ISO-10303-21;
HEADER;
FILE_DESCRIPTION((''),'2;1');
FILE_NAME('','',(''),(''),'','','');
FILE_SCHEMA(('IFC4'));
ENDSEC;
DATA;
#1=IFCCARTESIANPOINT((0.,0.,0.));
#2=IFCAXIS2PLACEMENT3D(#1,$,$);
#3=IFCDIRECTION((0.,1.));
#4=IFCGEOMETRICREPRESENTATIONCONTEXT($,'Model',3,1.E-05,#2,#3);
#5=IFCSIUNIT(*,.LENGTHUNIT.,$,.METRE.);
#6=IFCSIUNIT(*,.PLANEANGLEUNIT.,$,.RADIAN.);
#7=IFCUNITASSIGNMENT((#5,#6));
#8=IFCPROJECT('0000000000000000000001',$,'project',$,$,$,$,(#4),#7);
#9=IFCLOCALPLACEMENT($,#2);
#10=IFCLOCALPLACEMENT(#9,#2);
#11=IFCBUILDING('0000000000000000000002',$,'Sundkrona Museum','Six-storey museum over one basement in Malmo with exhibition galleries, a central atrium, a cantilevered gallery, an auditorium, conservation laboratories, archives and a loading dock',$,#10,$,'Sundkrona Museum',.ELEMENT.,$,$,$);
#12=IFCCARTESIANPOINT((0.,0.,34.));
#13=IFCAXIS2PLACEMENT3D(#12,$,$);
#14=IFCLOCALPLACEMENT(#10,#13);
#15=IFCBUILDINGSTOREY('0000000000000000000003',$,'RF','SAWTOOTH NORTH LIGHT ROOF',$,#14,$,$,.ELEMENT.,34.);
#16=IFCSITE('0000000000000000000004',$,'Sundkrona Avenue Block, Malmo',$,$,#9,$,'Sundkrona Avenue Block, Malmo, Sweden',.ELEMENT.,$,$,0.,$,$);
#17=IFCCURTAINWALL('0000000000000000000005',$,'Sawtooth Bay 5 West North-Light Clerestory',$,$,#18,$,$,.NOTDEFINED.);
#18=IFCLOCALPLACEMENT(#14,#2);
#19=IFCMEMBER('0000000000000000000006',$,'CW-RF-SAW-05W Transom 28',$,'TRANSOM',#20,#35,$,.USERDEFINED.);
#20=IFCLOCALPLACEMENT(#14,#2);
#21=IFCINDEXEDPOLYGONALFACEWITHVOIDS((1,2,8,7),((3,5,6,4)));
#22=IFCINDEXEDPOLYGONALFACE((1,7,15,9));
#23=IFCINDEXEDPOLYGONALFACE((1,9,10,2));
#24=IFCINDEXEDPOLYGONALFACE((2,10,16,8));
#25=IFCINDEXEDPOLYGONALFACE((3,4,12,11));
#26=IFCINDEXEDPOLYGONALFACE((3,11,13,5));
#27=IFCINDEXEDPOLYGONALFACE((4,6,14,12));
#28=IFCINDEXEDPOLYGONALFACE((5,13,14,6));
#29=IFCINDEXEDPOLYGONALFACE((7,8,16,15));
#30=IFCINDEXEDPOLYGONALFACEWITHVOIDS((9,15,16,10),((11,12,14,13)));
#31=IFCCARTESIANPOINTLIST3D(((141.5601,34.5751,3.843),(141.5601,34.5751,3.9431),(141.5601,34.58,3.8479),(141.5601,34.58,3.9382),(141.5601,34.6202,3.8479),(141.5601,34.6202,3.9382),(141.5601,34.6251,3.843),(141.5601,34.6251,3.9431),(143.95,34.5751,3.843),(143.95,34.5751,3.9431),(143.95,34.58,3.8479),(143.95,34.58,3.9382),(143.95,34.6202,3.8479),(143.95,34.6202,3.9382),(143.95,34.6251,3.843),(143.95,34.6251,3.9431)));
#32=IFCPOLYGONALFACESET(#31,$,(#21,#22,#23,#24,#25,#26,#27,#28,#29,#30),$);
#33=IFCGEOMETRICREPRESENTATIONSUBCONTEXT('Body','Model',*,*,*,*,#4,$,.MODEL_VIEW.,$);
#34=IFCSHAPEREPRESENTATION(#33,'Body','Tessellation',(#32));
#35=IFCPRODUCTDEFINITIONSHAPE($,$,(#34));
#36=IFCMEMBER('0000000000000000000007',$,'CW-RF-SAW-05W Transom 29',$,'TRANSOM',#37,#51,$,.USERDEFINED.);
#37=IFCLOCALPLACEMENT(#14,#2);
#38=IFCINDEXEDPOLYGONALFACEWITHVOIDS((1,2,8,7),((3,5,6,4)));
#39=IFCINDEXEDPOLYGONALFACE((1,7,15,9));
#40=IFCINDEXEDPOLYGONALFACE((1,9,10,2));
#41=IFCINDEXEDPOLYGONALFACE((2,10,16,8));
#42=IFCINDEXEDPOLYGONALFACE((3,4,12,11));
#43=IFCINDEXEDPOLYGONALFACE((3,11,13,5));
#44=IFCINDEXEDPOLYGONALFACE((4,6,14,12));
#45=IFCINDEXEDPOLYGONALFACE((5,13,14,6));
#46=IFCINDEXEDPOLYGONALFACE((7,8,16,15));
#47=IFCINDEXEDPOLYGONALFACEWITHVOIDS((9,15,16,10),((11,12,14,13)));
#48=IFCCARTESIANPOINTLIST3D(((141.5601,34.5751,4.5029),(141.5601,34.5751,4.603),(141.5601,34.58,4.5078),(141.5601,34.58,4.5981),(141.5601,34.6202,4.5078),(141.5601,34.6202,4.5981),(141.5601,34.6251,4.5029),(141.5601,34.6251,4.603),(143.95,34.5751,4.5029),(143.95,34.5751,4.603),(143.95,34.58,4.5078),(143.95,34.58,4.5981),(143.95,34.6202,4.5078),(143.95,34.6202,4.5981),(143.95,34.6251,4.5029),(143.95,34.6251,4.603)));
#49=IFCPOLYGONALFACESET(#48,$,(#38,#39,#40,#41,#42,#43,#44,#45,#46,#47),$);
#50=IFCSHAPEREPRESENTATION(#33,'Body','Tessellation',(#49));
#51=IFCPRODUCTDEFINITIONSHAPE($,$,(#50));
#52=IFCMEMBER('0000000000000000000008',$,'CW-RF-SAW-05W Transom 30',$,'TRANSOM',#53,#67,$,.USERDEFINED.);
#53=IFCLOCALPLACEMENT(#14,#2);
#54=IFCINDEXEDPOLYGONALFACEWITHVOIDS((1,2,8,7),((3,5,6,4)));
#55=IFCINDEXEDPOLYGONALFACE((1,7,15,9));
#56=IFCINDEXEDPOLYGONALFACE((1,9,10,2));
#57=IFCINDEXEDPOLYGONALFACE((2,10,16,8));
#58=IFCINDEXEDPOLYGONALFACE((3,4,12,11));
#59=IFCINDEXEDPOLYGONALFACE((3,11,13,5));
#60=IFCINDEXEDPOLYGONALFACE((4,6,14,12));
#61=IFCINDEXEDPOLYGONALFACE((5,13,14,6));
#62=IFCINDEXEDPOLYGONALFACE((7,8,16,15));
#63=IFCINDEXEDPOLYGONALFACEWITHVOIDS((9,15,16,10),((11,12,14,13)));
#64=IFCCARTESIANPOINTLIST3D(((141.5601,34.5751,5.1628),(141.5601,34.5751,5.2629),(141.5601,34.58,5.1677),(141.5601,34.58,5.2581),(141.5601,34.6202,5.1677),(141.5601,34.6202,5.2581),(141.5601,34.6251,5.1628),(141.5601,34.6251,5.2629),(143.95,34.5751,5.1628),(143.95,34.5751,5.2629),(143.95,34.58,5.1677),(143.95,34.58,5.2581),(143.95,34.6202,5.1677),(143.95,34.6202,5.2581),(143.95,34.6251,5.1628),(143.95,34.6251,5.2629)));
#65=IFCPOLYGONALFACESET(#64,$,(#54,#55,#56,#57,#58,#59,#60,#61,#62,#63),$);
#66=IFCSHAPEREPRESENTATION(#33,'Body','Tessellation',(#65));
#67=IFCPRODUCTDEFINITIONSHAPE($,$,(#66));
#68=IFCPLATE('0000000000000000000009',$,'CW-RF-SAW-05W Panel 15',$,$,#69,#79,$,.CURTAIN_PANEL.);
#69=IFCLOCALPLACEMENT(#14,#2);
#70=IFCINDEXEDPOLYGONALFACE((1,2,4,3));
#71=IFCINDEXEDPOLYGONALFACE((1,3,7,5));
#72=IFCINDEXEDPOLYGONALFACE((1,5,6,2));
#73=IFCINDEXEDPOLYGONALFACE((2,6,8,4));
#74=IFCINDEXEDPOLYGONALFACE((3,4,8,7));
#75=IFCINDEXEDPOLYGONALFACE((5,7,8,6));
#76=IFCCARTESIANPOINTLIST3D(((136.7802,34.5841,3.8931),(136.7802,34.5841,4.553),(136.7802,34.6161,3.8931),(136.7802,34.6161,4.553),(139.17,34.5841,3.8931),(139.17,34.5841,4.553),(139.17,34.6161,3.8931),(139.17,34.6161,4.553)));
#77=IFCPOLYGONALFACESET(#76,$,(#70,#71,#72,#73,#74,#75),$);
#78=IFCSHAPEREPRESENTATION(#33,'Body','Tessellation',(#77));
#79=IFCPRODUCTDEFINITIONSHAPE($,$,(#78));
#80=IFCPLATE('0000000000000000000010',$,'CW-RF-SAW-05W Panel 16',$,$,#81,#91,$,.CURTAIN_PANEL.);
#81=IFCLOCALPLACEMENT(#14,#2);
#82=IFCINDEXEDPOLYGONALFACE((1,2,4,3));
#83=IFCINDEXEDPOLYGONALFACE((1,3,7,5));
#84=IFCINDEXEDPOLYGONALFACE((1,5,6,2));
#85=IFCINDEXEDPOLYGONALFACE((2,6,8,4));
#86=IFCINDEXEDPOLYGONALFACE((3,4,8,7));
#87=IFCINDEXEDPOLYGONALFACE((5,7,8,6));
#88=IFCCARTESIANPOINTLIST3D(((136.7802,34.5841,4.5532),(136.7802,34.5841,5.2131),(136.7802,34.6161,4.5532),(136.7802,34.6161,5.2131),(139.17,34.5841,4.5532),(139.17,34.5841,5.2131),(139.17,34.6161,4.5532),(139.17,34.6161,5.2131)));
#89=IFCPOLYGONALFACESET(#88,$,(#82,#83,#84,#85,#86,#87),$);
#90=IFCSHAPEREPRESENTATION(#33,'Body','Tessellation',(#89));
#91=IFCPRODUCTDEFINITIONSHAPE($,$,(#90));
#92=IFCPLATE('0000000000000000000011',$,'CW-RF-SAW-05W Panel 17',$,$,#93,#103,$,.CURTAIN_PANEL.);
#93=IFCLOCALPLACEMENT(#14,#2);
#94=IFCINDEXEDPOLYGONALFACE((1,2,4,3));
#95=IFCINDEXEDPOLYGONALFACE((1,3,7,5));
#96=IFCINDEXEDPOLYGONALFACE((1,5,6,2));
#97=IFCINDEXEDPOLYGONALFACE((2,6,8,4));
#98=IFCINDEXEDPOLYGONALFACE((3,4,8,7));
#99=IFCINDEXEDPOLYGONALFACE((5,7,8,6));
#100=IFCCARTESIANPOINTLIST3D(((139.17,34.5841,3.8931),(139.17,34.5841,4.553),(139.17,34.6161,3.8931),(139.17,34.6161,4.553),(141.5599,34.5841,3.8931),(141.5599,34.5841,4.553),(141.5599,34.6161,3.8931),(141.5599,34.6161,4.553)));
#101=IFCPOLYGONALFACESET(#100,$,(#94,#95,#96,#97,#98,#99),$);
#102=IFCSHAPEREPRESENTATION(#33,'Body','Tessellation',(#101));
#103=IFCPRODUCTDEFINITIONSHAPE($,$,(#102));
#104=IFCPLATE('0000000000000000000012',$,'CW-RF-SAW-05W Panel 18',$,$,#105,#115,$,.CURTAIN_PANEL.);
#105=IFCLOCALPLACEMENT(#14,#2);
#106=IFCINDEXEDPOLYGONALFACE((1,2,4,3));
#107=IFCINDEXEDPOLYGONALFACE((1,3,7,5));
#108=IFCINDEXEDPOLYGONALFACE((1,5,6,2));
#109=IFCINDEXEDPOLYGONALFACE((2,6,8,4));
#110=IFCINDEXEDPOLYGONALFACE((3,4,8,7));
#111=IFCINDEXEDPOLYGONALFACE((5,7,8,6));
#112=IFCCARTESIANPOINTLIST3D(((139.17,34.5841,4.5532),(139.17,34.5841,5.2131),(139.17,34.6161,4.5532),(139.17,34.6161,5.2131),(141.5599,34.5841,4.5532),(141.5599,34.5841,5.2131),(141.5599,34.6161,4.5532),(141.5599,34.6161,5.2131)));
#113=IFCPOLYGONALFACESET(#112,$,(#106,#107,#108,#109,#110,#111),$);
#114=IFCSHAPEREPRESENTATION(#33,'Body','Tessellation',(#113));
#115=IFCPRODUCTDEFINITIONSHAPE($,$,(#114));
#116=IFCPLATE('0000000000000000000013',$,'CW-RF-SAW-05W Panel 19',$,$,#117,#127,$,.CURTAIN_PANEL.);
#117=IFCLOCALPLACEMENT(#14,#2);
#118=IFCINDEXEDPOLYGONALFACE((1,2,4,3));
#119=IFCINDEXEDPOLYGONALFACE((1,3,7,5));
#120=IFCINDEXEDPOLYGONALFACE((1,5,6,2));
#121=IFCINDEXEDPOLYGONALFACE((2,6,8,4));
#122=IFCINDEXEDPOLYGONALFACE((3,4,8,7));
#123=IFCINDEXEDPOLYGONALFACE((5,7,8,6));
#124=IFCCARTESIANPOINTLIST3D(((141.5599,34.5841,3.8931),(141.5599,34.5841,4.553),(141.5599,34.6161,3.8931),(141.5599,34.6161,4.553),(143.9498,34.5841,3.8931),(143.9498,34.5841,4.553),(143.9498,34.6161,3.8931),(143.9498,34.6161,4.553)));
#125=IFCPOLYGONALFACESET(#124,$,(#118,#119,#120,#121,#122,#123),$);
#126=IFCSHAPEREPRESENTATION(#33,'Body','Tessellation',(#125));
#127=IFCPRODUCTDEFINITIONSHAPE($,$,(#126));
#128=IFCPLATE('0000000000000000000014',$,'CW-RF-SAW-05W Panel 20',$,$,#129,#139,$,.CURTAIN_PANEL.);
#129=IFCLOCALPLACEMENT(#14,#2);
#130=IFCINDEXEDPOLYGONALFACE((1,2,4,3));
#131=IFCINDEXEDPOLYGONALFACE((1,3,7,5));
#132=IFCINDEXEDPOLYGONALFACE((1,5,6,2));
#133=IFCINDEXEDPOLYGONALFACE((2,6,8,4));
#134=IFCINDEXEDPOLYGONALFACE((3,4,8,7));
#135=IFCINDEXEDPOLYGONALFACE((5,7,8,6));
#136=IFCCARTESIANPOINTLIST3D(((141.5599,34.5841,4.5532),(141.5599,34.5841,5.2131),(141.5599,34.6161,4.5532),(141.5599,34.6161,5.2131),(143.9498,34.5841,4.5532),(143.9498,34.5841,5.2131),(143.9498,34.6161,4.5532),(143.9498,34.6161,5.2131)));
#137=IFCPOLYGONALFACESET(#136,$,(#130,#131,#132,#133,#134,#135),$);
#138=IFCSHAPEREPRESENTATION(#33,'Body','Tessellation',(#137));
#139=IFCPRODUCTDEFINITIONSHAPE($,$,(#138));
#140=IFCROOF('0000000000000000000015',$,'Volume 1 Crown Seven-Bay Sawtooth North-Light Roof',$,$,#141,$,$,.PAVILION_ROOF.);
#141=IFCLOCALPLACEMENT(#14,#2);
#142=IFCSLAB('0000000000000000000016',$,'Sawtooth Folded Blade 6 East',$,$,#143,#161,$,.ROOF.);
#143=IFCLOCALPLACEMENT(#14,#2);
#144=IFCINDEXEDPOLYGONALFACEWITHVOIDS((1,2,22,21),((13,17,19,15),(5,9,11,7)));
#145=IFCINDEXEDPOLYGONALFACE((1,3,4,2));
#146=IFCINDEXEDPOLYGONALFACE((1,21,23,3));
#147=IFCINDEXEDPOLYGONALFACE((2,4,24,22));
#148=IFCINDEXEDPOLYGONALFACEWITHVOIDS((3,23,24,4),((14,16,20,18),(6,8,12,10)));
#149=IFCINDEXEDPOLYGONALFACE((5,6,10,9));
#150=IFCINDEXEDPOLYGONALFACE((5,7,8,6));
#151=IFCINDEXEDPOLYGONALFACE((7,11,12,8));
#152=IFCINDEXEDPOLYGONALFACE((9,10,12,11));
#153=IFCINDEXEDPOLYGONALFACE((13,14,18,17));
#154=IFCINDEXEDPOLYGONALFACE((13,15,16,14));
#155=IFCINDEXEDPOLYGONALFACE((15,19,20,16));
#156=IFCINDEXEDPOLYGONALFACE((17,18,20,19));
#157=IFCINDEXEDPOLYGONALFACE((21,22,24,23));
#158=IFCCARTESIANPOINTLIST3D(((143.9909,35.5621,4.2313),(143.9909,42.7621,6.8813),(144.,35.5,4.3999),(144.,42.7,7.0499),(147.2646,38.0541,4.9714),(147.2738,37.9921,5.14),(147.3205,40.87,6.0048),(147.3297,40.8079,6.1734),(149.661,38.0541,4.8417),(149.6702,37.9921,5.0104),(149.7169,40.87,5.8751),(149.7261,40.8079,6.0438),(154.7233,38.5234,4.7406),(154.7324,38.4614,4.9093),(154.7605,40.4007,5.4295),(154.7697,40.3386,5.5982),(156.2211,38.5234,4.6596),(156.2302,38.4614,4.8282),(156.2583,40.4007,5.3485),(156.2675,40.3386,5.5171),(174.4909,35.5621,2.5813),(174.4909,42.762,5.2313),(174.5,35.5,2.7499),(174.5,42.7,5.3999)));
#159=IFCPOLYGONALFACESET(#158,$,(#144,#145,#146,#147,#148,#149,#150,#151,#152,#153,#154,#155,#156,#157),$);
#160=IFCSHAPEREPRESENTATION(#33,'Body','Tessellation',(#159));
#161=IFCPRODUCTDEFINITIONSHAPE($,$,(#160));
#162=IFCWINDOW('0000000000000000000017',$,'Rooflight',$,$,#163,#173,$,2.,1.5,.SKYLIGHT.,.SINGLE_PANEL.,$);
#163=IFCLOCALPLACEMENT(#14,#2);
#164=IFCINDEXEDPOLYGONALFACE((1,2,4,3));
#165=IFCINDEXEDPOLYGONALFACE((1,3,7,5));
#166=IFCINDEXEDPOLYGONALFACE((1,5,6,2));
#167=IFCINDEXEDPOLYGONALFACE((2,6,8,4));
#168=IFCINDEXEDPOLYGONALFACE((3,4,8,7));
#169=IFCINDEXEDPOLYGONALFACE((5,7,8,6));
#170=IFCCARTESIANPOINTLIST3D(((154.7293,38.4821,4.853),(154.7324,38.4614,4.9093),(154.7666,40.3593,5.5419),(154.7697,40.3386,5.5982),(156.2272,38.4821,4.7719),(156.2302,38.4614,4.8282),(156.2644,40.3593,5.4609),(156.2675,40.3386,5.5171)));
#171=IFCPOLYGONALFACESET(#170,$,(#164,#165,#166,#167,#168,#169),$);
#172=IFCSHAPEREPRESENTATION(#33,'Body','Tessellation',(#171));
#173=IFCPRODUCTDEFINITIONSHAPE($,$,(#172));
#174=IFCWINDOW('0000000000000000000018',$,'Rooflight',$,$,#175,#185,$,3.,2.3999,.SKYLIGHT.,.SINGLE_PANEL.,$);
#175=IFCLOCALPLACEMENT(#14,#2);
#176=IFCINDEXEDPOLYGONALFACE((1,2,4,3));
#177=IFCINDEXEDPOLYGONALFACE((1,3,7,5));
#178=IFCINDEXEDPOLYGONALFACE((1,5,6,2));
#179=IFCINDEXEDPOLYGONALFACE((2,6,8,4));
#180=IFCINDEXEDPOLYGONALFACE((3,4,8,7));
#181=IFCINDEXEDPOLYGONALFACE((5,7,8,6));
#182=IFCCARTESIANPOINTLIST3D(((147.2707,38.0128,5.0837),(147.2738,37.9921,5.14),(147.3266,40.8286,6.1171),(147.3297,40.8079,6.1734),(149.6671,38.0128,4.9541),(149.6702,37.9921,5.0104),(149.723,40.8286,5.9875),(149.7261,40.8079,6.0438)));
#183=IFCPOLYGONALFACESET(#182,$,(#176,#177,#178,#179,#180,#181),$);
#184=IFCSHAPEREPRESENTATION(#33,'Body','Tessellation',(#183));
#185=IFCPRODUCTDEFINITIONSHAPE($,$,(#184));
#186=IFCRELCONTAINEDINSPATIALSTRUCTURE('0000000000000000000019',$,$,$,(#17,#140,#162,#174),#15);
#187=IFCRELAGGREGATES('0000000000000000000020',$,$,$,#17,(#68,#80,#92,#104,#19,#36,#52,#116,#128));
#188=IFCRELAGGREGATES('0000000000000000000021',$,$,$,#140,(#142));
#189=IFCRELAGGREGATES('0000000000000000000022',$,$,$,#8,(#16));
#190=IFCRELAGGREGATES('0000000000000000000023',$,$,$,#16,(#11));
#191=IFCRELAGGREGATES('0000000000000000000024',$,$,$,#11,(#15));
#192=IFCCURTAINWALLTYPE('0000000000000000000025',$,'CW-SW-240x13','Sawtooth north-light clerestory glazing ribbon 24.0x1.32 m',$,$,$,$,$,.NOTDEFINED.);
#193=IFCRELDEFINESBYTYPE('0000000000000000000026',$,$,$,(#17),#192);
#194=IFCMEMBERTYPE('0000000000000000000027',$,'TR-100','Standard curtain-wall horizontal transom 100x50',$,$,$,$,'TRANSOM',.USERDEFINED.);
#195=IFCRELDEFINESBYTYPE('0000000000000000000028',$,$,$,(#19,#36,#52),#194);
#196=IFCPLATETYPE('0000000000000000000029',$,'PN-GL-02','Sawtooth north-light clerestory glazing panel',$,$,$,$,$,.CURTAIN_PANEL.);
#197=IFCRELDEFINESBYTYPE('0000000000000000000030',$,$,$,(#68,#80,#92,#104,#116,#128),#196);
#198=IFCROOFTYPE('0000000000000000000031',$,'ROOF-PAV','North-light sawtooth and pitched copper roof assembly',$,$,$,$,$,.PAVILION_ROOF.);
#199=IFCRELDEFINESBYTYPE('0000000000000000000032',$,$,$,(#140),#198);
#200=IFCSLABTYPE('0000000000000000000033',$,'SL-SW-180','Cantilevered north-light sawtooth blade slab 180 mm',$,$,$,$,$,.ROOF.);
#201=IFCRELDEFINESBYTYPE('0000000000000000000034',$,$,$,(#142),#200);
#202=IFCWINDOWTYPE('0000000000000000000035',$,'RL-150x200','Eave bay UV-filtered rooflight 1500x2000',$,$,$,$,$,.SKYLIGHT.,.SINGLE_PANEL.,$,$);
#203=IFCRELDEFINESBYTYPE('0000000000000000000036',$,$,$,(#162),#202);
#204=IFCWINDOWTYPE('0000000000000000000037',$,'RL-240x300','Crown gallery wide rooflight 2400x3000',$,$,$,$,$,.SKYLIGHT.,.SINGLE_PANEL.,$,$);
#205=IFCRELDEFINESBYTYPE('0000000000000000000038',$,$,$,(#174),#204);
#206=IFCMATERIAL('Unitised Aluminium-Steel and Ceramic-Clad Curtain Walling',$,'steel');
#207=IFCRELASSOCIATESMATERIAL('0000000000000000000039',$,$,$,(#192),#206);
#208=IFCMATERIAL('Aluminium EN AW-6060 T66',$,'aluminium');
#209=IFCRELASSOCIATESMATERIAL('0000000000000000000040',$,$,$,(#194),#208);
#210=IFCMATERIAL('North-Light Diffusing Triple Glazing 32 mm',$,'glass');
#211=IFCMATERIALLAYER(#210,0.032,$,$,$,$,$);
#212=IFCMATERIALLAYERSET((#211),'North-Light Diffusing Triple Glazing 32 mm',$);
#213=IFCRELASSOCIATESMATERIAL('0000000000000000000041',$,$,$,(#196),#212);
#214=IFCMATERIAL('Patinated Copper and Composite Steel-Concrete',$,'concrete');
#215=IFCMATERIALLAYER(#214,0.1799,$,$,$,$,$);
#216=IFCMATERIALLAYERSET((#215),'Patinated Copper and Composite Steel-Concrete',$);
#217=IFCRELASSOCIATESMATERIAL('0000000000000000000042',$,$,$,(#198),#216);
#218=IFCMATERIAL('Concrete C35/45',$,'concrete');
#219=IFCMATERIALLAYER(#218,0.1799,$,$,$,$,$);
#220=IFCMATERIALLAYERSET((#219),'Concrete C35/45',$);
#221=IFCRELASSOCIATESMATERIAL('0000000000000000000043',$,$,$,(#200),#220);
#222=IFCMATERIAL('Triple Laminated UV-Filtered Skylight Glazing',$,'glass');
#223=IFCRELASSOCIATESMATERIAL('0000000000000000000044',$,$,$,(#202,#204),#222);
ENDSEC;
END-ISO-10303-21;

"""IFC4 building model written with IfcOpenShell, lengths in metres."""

from ifc_helpers import new_model, si_unit, direction, frame, origin, origin_2d, place, context, subcontext, project, spatial, polyline, rectangle, hollow_rectangle, outline, extrude, material, layer, layer_set, material_profile, profile_set, type_object, element, fill, aggregate, save


model = new_model("IFC4")

# Units and contexts
model_context = context("Model", 3, precision=1e-05, world=origin(), true_north=direction((0.0, 1.0)))
body_context = subcontext(model_context, "Body", "Model", "MODEL_VIEW")
ifc_project = project(units=[si_unit("LENGTHUNIT", "METRE"), si_unit("PLANEANGLEUNIT", "RADIAN")], contexts=[model_context])

# Site, building, storey
site_placement = place(None, origin())
site = spatial("IfcSite", under=ifc_project, at=site_placement, Name="Sundkrona Avenue Block, Malmo", LongName="Sundkrona Avenue Block, Malmo, Sweden", CompositionType="ELEMENT", RefElevation=0.0)
building_placement = place(site_placement, origin())
building = spatial("IfcBuilding", under=site, at=building_placement, Name="Sundkrona Museum", Description="Six-storey museum over one basement in Malmo with exhibition galleries, a central atrium, a cantilevered gallery, an auditorium, conservation laboratories, archives and a loading dock", LongName="Sundkrona Museum", CompositionType="ELEMENT")
storey_placement = place(building_placement, frame((0.0, 0.0, 34.0)))
storey = spatial("IfcBuildingStorey", under=building, at=storey_placement, Name="RF", Description="SAWTOOTH NORTH LIGHT ROOF", CompositionType="ELEMENT", Elevation=34.0)

# Curtain wall
ifc_material_1 = material(Name="Unitised Aluminium-Steel and Ceramic-Clad Curtain Walling", Category="steel")
curtain_wall_type = type_object("IfcCurtainWallType", Name="CW-SW-240x13", Description="Sawtooth north-light clerestory glazing ribbon 24.0x1.32 m", PredefinedType="NOTDEFINED", material=ifc_material_1)
curtain_wall_placement = place(storey_placement, origin())
curtain_wall = element("IfcCurtainWall", 1, at=curtain_wall_placement, inside=storey, type_object=curtain_wall_type, Name="Sawtooth Bay 5 West North-Light Clerestory", PredefinedType="NOTDEFINED")
ifc_material_2 = material(Name="Aluminium EN AW-6060 T66", Category="aluminium")

# Members
ifc_material_profile_1 = material_profile(ifc_material_2, hollow_rectangle(XDim=0.05, YDim=0.1001, WallThickness=0.0049, at=origin_2d()), Name="RHS 100x50x5.0")
ifc_profile_set_1 = profile_set([ifc_material_profile_1], Name="Aluminium EN AW-6060 T66")
member_type_1 = type_object("IfcMemberType", Name="TR-100", Description="Standard curtain-wall horizontal transom 100x50", ElementType="TRANSOM", PredefinedType="USERDEFINED", material=ifc_profile_set_1)
member_1_placement = place(storey_placement, frame((141.5601, 34.6001, 3.8931), z_axis=(1.0, 0.0, 0.0), x_axis=(0.0, 1.0, 0.0)))
member_1 = element("IfcMember", 2, at=member_1_placement, type_object=member_type_1, Name="CW-RF-SAW-05W Transom 28", ObjectType="TRANSOM", PredefinedType="USERDEFINED", context=body_context, shape_type="SweptSolid", body=[
    extrude(hollow_rectangle(XDim=0.05, YDim=0.1001, WallThickness=0.0049, at=origin_2d()), origin(), (0.0, 0.0, 1.0), 2.3899),
])
member_2_placement = place(storey_placement, frame((141.5601, 34.6001, 4.553), z_axis=(1.0, 0.0, 0.0), x_axis=(0.0, 1.0, 0.0)))
member_2 = element("IfcMember", 3, at=member_2_placement, type_object=member_type_1, Name="CW-RF-SAW-05W Transom 29", ObjectType="TRANSOM", PredefinedType="USERDEFINED", context=body_context, shape_type="SweptSolid", body=[
    extrude(hollow_rectangle(XDim=0.05, YDim=0.1001, WallThickness=0.0049, at=origin_2d()), origin(), (0.0, 0.0, 1.0), 2.3899),
])
member_3_placement = place(storey_placement, frame((141.5601, 34.6001, 5.2129), z_axis=(1.0, 0.0, 0.0), x_axis=(0.0, 1.0, 0.0)))
member_3 = element("IfcMember", 4, at=member_3_placement, type_object=member_type_1, Name="CW-RF-SAW-05W Transom 30", ObjectType="TRANSOM", PredefinedType="USERDEFINED", context=body_context, shape_type="SweptSolid", body=[
    extrude(hollow_rectangle(XDim=0.05, YDim=0.1001, WallThickness=0.0049, at=origin_2d()), origin(), (0.0, 0.0, 1.0), 2.3899),
])

# Plates
ifc_material_3 = material(Name="North-Light Diffusing Triple Glazing 32 mm", Category="glass")
ifc_layer_1 = layer(ifc_material_3, 0.032)
ifc_layer_set_1 = layer_set([ifc_layer_1], Name="North-Light Diffusing Triple Glazing 32 mm")
plate_type = type_object("IfcPlateType", Name="PN-GL-02", Description="Sawtooth north-light clerestory glazing panel", PredefinedType="CURTAIN_PANEL", material=ifc_layer_set_1)
plate_1_placement = place(storey_placement, frame((137.9751, 34.6001, 3.8931), z_axis=(0.0, 0.0, 1.0), x_axis=(1.0, 0.0, 0.0)))
plate_1 = element("IfcPlate", 5, at=plate_1_placement, type_object=plate_type, Name="CW-RF-SAW-05W Panel 15", PredefinedType="CURTAIN_PANEL", context=body_context, shape_type="SweptSolid", body=[
    extrude(rectangle(XDim=2.3899, YDim=0.032, at=origin_2d()), origin(), (0.0, 0.0, 1.0), 0.6599),
])
plate_2_placement = place(storey_placement, frame((137.9751, 34.6001, 4.5532), z_axis=(0.0, 0.0, 1.0), x_axis=(1.0, 0.0, 0.0)))
plate_2 = element("IfcPlate", 6, at=plate_2_placement, type_object=plate_type, Name="CW-RF-SAW-05W Panel 16", PredefinedType="CURTAIN_PANEL", context=body_context, shape_type="SweptSolid", body=[
    extrude(rectangle(XDim=2.3899, YDim=0.032, at=origin_2d()), origin(), (0.0, 0.0, 1.0), 0.6599),
])
plate_3_placement = place(storey_placement, frame((140.365, 34.6001, 3.8931), z_axis=(0.0, 0.0, 1.0), x_axis=(1.0, 0.0, 0.0)))
plate_3 = element("IfcPlate", 7, at=plate_3_placement, type_object=plate_type, Name="CW-RF-SAW-05W Panel 17", PredefinedType="CURTAIN_PANEL", context=body_context, shape_type="SweptSolid", body=[
    extrude(rectangle(XDim=2.3899, YDim=0.032, at=origin_2d()), origin(), (0.0, 0.0, 1.0), 0.6599),
])
plate_4_placement = place(storey_placement, frame((140.365, 34.6001, 4.5532), z_axis=(0.0, 0.0, 1.0), x_axis=(1.0, 0.0, 0.0)))
plate_4 = element("IfcPlate", 8, at=plate_4_placement, type_object=plate_type, Name="CW-RF-SAW-05W Panel 18", PredefinedType="CURTAIN_PANEL", context=body_context, shape_type="SweptSolid", body=[
    extrude(rectangle(XDim=2.3899, YDim=0.032, at=origin_2d()), origin(), (0.0, 0.0, 1.0), 0.6599),
])
plate_5_placement = place(storey_placement, frame((142.7549, 34.6001, 3.8931), z_axis=(0.0, 0.0, 1.0), x_axis=(1.0, 0.0, 0.0)))
plate_5 = element("IfcPlate", 9, at=plate_5_placement, type_object=plate_type, Name="CW-RF-SAW-05W Panel 19", PredefinedType="CURTAIN_PANEL", context=body_context, shape_type="SweptSolid", body=[
    extrude(rectangle(XDim=2.3899, YDim=0.032, at=origin_2d()), origin(), (0.0, 0.0, 1.0), 0.6599),
])
plate_6_placement = place(storey_placement, frame((142.7549, 34.6001, 4.5532), z_axis=(0.0, 0.0, 1.0), x_axis=(1.0, 0.0, 0.0)))
plate_6 = element("IfcPlate", 10, at=plate_6_placement, type_object=plate_type, Name="CW-RF-SAW-05W Panel 20", PredefinedType="CURTAIN_PANEL", context=body_context, shape_type="SweptSolid", body=[
    extrude(rectangle(XDim=2.3899, YDim=0.032, at=origin_2d()), origin(), (0.0, 0.0, 1.0), 0.6599),
])
aggregate(curtain_wall, [plate_1, plate_2, plate_3, plate_4, member_1, member_2, member_3, plate_5, plate_6])

# Roof, slab, openings, windows
ifc_material_4 = material(Name="Patinated Copper and Composite Steel-Concrete", Category="concrete")
ifc_layer_2 = layer(ifc_material_4, 0.1799)
ifc_layer_set_2 = layer_set([ifc_layer_2], Name="Patinated Copper and Composite Steel-Concrete")
roof_type = type_object("IfcRoofType", Name="ROOF-PAV", Description="North-light sawtooth and pitched copper roof assembly", PredefinedType="PAVILION_ROOF", material=ifc_layer_set_2)
roof_placement = place(storey_placement, origin())
roof = element("IfcRoof", 11, at=roof_placement, inside=storey, type_object=roof_type, Name="Volume 1 Crown Seven-Bay Sawtooth North-Light Roof", PredefinedType="PAVILION_ROOF")
ifc_material_5 = material(Name="Concrete C35/45", Category="concrete")
ifc_layer_3 = layer(ifc_material_5, 0.1799)
ifc_layer_set_3 = layer_set([ifc_layer_3], Name="Concrete C35/45")
slab_type = type_object("IfcSlabType", Name="SL-SW-180", Description="Cantilevered north-light sawtooth blade slab 180 mm", PredefinedType="ROOF", material=ifc_layer_set_3)
slab_placement = place(storey_placement, frame((144.0, 35.5, 4.3999), z_axis=(0.050704, -0.344964, 0.937245), x_axis=(0.99854, 0.000001, -0.05402)))
slab = element("IfcSlab", 12, at=slab_placement, type_object=slab_type, Name="Sawtooth Folded Blade 6 East", PredefinedType="ROOF", context=body_context, shape_type="SweptSolid", body=[
    extrude(outline(polyline([(0.0, 0.0), (30.5446, 0.0), (30.4015, 7.6708), (-0.1432, 7.6709), (0.0, 0.0)])), origin(), (0.0, 0.0, -1.0), 0.1799),
])
opening_1_placement = place(slab_placement, frame((4.429, 4.155, 0.01)))
opening_1 = element("IfcOpeningElement", 13, at=opening_1_placement, cuts=slab, PredefinedType="OPENING", context=body_context, shape_type="SweptSolid", body=[
    extrude(rectangle(XDim=2.3999, YDim=3.0, at=origin_2d()), origin(), (0.0, 0.0, -1.0), 0.2),
])
opening_2_placement = place(slab_placement, frame((11.4392, 4.155, 0.01)))
opening_2 = element("IfcOpeningElement", 14, at=opening_2_placement, cuts=slab, PredefinedType="OPENING", context=body_context, shape_type="SweptSolid", body=[
    extrude(rectangle(XDim=1.5, YDim=2.0, at=origin_2d()), origin(), (0.0, 0.0, -1.0), 0.2),
])
ifc_material_6 = material(Name="Triple Laminated UV-Filtered Skylight Glazing", Category="glass")
window_type_1 = type_object("IfcWindowType", Name="RL-150x200", Description="Eave bay UV-filtered rooflight 1500x2000", PartitioningType="SINGLE_PANEL", PredefinedType="SKYLIGHT", material=ifc_material_6)
window_1_placement = place(slab_placement, frame((11.4392, 4.155, 0.0)))
window_1 = element("IfcWindow", 15, at=window_1_placement, inside=storey, type_object=window_type_1, Name="Rooflight", OverallHeight=2.0, OverallWidth=1.5, PartitioningType="SINGLE_PANEL", PredefinedType="SKYLIGHT", context=body_context, shape_type="SweptSolid", body=[
    extrude(rectangle(XDim=1.5, YDim=2.0, at=origin_2d()), origin(), (0.0, 0.0, -1.0), 0.0601),
])
fill(opening_2, window_1)
window_type_2 = type_object("IfcWindowType", Name="RL-240x300", Description="Crown gallery wide rooflight 2400x3000", PartitioningType="SINGLE_PANEL", PredefinedType="SKYLIGHT", material=ifc_material_6)
window_2_placement = place(slab_placement, frame((4.429, 4.155, 0.0)))
window_2 = element("IfcWindow", 16, at=window_2_placement, inside=storey, type_object=window_type_2, Name="Rooflight", OverallHeight=3.0, OverallWidth=2.3999, PartitioningType="SINGLE_PANEL", PredefinedType="SKYLIGHT", context=body_context, shape_type="SweptSolid", body=[
    extrude(rectangle(XDim=2.3999, YDim=3.0, at=origin_2d()), origin(), (0.0, 0.0, -1.0), 0.0601),
])
fill(opening_1, window_2)
aggregate(roof, [slab])

save(model, "model.ifc")
